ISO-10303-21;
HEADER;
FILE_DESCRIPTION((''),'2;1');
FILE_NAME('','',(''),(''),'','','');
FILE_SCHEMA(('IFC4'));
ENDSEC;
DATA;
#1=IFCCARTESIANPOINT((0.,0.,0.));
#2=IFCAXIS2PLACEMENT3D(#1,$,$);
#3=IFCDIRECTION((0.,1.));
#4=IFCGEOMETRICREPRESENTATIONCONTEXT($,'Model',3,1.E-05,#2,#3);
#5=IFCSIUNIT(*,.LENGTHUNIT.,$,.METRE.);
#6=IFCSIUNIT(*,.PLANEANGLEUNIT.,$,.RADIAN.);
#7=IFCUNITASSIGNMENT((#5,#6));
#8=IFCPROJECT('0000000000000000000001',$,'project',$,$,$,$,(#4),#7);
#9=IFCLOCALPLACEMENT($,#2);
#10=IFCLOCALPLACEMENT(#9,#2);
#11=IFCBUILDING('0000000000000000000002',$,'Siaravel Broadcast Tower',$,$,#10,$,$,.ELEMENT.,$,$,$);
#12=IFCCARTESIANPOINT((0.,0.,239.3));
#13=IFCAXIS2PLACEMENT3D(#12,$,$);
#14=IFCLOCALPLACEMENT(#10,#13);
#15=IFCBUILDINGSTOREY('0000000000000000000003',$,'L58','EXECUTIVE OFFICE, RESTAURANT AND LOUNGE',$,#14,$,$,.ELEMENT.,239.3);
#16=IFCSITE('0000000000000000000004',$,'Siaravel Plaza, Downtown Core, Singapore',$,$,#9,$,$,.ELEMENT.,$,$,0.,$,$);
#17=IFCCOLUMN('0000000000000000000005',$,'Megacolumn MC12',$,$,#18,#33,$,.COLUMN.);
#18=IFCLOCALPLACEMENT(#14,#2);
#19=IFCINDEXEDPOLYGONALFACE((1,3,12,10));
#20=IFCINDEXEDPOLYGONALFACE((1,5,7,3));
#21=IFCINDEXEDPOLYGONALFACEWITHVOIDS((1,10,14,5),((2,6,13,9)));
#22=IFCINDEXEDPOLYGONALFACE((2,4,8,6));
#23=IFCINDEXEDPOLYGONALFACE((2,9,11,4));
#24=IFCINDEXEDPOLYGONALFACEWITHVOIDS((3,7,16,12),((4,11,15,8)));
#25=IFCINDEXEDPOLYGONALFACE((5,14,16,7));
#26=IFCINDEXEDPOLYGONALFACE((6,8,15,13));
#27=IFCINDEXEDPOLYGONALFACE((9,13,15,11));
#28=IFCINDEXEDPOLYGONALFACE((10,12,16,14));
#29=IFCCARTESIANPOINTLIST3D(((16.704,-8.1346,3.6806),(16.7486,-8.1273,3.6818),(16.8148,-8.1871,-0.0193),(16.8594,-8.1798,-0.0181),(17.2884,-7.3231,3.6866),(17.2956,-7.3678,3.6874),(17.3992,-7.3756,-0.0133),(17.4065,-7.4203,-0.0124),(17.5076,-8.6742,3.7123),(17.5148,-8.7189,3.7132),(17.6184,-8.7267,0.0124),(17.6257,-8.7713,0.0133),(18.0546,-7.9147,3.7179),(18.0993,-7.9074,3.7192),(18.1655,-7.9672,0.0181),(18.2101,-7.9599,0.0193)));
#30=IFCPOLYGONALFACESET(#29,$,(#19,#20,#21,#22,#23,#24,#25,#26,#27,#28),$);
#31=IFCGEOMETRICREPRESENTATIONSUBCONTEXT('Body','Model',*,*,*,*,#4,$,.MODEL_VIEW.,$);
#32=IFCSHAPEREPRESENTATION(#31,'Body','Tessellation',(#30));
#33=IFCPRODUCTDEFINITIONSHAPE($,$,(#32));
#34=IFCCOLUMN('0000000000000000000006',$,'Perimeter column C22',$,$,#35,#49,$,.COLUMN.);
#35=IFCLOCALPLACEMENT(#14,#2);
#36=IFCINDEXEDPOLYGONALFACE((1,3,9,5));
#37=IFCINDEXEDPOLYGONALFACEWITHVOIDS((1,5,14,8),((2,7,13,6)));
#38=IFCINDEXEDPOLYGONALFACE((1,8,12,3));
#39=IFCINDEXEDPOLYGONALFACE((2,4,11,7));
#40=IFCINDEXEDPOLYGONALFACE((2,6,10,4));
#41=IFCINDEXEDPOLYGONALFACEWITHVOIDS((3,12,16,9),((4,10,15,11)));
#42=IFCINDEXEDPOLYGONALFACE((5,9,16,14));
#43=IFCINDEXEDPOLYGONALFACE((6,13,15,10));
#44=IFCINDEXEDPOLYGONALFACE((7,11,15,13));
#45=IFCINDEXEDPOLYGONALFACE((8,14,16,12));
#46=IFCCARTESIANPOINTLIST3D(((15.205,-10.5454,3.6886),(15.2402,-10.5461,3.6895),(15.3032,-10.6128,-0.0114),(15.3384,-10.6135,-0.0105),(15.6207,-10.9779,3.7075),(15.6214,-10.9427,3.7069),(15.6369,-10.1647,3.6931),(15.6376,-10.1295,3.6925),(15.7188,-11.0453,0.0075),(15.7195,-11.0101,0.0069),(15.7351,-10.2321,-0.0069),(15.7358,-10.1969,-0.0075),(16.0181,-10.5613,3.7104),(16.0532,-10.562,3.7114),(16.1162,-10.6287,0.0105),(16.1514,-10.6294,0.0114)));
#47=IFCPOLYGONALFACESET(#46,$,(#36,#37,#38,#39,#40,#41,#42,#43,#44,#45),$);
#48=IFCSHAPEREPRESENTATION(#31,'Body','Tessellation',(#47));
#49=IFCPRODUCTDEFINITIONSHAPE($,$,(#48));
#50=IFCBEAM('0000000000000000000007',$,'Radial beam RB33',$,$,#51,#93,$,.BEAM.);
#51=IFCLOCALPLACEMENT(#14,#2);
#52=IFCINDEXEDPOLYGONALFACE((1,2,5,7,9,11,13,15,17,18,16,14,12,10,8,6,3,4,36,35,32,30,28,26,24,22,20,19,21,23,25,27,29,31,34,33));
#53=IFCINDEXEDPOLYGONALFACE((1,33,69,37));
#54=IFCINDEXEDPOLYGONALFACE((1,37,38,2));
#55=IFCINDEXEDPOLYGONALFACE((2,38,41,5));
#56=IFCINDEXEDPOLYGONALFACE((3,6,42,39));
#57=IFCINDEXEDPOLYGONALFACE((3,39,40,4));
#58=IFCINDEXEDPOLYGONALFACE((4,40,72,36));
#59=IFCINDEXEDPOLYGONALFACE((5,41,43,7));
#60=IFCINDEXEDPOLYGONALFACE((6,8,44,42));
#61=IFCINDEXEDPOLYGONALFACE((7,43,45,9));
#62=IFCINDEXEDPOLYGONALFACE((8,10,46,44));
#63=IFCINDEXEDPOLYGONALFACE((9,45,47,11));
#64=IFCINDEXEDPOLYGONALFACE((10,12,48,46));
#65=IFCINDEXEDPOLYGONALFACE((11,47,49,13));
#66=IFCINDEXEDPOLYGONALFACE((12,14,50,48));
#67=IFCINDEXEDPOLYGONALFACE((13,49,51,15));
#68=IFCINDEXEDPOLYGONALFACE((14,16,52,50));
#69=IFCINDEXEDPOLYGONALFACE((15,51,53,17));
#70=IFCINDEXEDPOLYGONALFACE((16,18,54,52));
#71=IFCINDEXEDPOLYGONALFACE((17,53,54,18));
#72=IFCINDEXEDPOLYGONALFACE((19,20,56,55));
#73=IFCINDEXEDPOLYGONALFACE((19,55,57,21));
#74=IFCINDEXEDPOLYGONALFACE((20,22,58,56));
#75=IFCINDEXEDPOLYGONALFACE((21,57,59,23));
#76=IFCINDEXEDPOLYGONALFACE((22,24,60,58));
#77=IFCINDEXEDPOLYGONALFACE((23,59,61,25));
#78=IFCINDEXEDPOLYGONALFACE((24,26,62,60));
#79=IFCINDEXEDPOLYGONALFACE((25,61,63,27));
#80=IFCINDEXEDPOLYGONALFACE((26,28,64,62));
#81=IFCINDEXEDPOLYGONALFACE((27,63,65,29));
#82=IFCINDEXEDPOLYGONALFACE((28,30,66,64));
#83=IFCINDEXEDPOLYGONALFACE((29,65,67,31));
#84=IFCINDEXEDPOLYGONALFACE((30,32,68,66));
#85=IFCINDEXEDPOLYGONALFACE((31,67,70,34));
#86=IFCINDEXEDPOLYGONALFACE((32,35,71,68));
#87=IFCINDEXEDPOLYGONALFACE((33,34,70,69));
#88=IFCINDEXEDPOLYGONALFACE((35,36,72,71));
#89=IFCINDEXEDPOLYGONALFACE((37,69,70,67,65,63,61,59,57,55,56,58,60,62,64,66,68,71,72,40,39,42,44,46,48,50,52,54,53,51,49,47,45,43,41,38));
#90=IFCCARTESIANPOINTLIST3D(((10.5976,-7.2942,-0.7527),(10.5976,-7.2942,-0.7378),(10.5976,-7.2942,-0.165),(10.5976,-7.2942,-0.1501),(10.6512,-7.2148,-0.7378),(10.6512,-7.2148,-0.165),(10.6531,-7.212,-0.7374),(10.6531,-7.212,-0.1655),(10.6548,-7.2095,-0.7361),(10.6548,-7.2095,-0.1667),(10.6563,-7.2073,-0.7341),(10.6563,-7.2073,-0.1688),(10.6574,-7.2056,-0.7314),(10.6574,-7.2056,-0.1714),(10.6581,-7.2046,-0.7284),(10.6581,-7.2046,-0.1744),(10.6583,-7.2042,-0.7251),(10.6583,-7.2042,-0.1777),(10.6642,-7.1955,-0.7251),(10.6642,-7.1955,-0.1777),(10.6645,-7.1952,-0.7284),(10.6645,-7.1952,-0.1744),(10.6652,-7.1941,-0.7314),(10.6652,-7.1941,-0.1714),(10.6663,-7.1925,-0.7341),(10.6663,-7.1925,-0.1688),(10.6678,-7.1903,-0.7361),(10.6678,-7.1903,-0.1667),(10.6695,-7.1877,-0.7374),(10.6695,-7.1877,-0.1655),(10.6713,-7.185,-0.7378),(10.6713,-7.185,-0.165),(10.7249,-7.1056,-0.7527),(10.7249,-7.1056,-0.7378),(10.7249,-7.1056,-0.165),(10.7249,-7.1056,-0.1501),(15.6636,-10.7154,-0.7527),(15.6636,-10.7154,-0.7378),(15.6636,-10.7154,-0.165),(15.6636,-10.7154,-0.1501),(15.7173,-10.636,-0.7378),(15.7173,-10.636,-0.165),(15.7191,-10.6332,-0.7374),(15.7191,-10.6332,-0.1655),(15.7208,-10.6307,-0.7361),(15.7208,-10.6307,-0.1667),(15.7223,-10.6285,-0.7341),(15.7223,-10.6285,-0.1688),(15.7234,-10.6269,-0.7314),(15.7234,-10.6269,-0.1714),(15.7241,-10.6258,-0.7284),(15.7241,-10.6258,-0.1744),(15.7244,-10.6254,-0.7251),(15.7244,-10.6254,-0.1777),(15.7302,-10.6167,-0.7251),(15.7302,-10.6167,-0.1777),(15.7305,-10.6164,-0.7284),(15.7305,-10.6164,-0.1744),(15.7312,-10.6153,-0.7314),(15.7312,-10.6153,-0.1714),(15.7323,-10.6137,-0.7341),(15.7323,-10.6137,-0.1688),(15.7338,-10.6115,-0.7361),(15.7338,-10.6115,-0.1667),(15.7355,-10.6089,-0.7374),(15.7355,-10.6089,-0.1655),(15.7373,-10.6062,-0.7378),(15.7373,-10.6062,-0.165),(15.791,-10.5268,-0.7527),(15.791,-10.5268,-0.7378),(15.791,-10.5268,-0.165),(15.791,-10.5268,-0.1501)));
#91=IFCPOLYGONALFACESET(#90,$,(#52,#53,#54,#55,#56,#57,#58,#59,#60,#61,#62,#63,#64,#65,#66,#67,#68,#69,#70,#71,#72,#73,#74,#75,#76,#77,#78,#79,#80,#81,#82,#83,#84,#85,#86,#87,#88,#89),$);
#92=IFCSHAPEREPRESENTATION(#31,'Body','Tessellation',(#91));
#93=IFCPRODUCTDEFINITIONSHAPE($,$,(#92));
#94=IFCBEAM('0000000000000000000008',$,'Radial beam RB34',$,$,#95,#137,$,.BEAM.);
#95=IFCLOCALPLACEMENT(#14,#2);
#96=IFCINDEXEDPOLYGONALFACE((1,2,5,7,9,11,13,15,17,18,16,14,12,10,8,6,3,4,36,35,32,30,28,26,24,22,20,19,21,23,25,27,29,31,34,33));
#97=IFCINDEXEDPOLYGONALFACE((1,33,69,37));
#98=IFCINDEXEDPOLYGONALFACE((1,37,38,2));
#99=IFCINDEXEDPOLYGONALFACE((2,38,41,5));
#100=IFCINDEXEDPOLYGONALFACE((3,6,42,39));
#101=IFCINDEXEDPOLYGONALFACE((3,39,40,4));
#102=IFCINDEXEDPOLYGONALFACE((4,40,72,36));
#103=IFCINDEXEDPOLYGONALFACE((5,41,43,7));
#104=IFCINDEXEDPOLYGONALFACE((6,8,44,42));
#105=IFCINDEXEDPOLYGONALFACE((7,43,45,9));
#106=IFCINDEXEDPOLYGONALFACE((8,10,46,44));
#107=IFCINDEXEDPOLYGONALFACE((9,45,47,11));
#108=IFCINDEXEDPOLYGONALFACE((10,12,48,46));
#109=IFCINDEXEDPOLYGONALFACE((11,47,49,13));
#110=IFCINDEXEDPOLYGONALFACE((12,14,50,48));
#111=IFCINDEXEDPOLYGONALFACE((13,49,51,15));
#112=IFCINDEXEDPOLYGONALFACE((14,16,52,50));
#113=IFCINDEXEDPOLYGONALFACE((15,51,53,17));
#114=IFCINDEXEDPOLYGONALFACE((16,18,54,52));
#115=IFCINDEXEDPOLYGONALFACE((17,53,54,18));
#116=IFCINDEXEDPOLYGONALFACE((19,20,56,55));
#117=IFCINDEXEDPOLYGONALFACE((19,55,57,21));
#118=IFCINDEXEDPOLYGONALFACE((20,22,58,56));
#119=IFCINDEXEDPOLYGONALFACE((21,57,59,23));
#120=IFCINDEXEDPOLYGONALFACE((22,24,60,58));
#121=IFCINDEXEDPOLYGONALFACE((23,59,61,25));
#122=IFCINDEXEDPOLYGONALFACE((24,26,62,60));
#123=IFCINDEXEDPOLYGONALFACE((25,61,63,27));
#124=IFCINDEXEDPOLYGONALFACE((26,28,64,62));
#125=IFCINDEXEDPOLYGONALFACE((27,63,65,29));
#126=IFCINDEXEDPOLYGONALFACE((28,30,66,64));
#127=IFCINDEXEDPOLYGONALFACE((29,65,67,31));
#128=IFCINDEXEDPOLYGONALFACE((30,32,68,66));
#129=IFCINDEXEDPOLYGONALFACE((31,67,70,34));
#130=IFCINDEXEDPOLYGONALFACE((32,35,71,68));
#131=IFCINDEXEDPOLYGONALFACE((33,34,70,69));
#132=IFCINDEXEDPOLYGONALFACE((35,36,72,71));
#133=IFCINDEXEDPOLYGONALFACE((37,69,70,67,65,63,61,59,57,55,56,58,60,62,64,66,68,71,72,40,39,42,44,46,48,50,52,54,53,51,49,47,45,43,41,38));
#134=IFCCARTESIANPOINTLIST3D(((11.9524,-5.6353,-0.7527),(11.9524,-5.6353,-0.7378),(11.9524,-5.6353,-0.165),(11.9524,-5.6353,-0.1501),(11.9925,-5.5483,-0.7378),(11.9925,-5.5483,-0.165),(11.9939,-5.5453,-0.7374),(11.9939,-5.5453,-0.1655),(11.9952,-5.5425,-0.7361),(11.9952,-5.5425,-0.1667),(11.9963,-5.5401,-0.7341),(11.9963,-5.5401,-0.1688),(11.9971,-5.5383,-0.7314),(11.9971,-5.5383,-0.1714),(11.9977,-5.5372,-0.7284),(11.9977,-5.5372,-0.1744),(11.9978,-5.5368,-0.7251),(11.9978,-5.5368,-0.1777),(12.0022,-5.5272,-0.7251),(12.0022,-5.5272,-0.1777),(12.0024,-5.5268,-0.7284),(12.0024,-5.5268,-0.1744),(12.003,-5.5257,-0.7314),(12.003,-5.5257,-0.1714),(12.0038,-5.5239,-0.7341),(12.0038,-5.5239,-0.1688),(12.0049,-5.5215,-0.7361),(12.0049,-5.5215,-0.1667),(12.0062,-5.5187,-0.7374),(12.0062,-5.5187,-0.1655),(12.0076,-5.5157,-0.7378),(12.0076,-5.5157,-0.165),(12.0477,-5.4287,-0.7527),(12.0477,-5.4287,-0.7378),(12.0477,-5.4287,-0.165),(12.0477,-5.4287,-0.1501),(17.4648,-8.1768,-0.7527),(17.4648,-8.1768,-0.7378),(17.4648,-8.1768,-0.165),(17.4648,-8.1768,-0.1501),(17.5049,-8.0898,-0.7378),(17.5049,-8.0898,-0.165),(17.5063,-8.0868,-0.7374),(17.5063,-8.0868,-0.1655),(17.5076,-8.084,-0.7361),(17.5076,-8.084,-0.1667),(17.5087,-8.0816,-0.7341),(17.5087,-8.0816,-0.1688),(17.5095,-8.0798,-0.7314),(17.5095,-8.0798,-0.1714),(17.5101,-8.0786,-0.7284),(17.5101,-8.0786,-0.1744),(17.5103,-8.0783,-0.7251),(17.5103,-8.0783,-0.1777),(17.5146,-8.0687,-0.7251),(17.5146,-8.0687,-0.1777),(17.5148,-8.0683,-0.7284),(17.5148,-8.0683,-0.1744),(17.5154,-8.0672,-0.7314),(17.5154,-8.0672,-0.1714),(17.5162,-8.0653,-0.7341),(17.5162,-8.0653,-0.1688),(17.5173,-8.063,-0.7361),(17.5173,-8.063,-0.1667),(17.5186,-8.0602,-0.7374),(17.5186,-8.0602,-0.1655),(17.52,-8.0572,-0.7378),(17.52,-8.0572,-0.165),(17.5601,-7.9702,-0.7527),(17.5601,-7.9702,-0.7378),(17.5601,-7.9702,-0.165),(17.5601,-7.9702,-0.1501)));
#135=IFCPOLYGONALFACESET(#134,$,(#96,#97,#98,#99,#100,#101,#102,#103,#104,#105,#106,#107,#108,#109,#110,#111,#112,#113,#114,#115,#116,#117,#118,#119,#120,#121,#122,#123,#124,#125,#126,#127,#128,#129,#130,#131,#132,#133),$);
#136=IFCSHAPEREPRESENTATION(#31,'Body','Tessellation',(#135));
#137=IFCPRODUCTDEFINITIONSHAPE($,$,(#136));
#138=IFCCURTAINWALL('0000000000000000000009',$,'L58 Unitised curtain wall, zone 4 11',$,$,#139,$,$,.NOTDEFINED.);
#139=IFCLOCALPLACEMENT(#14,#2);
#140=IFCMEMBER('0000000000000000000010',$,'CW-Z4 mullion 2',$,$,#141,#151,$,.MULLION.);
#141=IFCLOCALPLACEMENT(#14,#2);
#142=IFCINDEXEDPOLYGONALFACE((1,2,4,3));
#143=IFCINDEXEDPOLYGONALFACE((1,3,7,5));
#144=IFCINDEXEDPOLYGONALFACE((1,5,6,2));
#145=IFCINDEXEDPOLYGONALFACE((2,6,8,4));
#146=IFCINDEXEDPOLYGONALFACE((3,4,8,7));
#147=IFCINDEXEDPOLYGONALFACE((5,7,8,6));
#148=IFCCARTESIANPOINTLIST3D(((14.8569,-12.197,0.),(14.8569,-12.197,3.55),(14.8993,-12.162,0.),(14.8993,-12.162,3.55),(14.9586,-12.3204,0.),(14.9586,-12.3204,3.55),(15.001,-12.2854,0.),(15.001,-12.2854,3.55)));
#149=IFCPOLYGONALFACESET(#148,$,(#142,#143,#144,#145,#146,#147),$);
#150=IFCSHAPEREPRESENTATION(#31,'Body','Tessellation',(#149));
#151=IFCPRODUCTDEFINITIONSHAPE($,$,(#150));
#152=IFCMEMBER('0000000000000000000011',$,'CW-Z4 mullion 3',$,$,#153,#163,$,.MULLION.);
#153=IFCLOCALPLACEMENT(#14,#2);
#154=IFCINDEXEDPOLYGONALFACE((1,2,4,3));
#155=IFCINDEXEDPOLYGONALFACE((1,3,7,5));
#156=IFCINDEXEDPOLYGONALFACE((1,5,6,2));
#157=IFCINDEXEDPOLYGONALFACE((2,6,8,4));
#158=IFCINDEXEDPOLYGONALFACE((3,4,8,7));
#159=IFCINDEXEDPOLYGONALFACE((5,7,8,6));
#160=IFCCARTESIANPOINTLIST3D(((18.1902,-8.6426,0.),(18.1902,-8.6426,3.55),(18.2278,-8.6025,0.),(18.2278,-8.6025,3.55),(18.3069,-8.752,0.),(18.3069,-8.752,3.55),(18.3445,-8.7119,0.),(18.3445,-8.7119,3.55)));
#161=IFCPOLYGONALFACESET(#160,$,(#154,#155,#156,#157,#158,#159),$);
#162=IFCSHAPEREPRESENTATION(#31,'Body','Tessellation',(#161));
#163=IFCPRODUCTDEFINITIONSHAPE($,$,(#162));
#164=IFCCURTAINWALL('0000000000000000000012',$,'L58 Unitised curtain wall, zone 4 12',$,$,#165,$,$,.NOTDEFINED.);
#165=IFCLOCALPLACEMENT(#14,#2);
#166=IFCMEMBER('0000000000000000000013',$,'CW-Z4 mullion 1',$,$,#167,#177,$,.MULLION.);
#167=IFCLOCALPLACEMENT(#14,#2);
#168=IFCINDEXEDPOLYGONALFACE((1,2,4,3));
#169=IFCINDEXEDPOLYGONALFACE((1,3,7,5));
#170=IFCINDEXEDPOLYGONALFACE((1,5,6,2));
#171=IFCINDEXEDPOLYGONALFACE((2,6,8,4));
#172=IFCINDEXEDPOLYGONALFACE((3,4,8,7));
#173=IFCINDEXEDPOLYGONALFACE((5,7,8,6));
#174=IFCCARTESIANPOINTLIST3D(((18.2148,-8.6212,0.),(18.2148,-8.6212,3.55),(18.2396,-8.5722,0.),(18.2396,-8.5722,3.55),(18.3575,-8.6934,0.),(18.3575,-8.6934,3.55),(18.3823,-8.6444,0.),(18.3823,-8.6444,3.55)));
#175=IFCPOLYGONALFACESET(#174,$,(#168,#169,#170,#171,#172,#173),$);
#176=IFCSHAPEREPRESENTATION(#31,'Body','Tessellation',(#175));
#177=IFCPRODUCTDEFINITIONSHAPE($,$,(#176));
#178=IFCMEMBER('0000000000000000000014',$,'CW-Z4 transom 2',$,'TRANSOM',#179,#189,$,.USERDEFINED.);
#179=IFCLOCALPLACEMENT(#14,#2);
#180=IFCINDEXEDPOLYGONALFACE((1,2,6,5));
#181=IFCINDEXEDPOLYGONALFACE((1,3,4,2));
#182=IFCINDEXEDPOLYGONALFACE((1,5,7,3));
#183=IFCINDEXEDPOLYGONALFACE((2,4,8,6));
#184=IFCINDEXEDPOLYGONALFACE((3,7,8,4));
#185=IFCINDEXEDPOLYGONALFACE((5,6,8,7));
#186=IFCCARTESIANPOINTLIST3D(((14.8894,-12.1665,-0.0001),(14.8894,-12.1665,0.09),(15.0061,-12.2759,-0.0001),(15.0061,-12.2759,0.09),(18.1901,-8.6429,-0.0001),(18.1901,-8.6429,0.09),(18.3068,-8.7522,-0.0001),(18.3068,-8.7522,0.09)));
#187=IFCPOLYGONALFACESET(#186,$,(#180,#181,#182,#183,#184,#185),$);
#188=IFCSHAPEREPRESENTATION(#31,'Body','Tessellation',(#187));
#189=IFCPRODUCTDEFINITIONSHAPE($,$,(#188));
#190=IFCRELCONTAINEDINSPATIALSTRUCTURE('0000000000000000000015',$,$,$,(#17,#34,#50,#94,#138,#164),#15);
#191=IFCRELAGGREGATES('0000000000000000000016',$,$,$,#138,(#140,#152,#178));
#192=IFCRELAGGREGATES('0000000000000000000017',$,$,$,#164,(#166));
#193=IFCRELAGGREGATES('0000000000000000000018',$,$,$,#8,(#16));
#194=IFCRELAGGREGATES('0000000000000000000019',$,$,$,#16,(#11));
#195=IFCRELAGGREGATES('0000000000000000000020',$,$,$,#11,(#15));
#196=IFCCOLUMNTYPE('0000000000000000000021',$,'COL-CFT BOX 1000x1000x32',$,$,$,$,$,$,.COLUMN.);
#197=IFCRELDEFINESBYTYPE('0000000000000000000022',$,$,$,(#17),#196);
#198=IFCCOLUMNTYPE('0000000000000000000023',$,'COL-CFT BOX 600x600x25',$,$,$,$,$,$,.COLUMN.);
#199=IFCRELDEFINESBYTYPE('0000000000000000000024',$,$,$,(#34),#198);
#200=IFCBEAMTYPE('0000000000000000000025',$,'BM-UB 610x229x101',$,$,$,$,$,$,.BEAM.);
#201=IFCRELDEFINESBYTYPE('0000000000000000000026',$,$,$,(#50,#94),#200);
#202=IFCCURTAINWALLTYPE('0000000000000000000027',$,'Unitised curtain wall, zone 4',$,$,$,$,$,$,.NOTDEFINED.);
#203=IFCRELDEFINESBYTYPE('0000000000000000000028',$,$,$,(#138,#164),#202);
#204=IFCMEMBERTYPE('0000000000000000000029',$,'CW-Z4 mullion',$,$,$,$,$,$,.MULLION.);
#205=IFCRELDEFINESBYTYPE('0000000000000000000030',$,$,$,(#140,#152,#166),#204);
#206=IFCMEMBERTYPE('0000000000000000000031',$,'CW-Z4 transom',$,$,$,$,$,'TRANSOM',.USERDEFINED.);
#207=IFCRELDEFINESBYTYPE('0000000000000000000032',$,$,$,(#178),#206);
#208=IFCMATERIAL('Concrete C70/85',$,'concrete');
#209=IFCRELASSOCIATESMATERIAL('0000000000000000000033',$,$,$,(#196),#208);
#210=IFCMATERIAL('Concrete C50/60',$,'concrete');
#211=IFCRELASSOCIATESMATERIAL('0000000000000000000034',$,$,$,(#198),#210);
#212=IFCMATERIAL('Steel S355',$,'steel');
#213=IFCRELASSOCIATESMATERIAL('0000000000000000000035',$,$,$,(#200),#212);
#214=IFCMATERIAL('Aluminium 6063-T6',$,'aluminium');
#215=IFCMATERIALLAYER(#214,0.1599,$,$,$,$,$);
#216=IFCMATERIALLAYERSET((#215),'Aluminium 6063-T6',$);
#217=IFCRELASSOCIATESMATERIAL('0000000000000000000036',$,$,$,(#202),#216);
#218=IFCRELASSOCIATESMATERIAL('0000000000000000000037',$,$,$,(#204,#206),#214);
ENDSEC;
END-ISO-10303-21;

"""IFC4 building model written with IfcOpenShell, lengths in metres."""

from ifc_helpers import new_model, si_unit, direction, frame, origin, origin_2d, place, context, subcontext, project, spatial, rectangle, hollow_rectangle, i_section, extrude, material, layer, layer_set, material_profile, profile_set, type_object, element, aggregate, save


model = new_model("IFC4")

# Units and contexts
model_context = context("Model", 3, precision=1e-05, world=origin(), true_north=direction((0.0, 1.0)))
body_context = subcontext(model_context, "Body", "Model", "MODEL_VIEW")
ifc_project = project(units=[si_unit("LENGTHUNIT", "METRE"), si_unit("PLANEANGLEUNIT", "RADIAN")], contexts=[model_context])

# Site, building, storey
site_placement = place(None, origin())
site = spatial("IfcSite", under=ifc_project, at=site_placement, Name="Siaravel Plaza, Downtown Core, Singapore", CompositionType="ELEMENT", RefElevation=0.0)
building_placement = place(site_placement, origin())
building = spatial("IfcBuilding", under=site, at=building_placement, Name="Siaravel Broadcast Tower", CompositionType="ELEMENT")
storey_placement = place(building_placement, frame((0.0, 0.0, 239.3)))
storey = spatial("IfcBuildingStorey", under=building, at=storey_placement, Name="L58", Description="EXECUTIVE OFFICE, RESTAURANT AND LOUNGE", CompositionType="ELEMENT", Elevation=239.3)

# Columns
ifc_material_1 = material(Name="Concrete C70/85", Category="concrete")
ifc_material_profile_1 = material_profile(ifc_material_1, hollow_rectangle(XDim=1.0, YDim=1.0, WallThickness=0.032, at=origin_2d()))
ifc_profile_set_1 = profile_set([ifc_material_profile_1], Name="Concrete C70/85")
column_type_1 = type_object("IfcColumnType", Name="COL-CFT BOX 1000x1000x32", PredefinedType="COLUMN", material=ifc_profile_set_1)
column_1_placement = place(storey_placement, frame((17.5125, -8.0735, 0.0), z_axis=(-0.029941, 0.014179, 0.999451), x_axis=(-0.584425, -0.811425, -0.005996)))
element("IfcColumn", 1, at=column_1_placement, inside=storey, type_object=column_type_1, Name="Megacolumn MC12", PredefinedType="COLUMN", context=body_context, shape_type="SweptSolid", body=[
    extrude(hollow_rectangle(XDim=1.0, YDim=1.0, WallThickness=0.032, at=origin_2d()), origin(), (0.0, 0.0, 1.0), 3.7019),
])
ifc_material_2 = material(Name="Concrete C50/60", Category="concrete")
ifc_material_profile_2 = material_profile(ifc_material_2, hollow_rectangle(XDim=0.6001, YDim=0.6001, WallThickness=0.0249, at=origin_2d()))
ifc_profile_set_2 = profile_set([ifc_material_profile_2], Name="Concrete C50/60")
column_type_2 = type_object("IfcColumnType", Name="COL-CFT BOX 600x600x25", PredefinedType="COLUMN", material=ifc_profile_set_2)
column_2_placement = place(storey_placement, frame((15.7273, -10.6211, 0.0), z_axis=(-0.026512, 0.018202, 0.999483), x_axis=(-0.72083, -0.693081, -0.006498)))
element("IfcColumn", 2, at=column_2_placement, inside=storey, type_object=column_type_2, Name="Perimeter column C22", PredefinedType="COLUMN", context=body_context, shape_type="SweptSolid", body=[
    extrude(hollow_rectangle(XDim=0.6001, YDim=0.6001, WallThickness=0.0249, at=origin_2d()), origin(), (0.0, 0.0, 1.0), 3.7019),
])

# Beams
ifc_material_3 = material(Name="Steel S355", Category="steel")
ifc_material_profile_3 = material_profile(ifc_material_3, i_section(OverallWidth=0.2275, OverallDepth=0.6025, WebThickness=0.0105, FlangeThickness=0.0149, FilletRadius=0.0127, at=origin_2d()))
ifc_profile_set_3 = profile_set([ifc_material_profile_3], Name="Steel S355")
beam_type = type_object("IfcBeamType", Name="BM-UB 610x229x101", PredefinedType="BEAM", material=ifc_profile_set_3)
beam_1_placement = place(storey_placement, frame((15.7273, -10.6211, -0.4514), z_axis=(-0.828724, 0.559658, 0.0), x_axis=(-0.559658, -0.828724, 0.0)))
element("IfcBeam", 3, at=beam_1_placement, inside=storey, type_object=beam_type, Name="Radial beam RB33", PredefinedType="BEAM", context=body_context, shape_type="SweptSolid", body=[
    extrude(i_section(OverallWidth=0.2275, OverallDepth=0.6025, WebThickness=0.0105, FlangeThickness=0.0149, FilletRadius=0.0127, at=origin_2d()), origin(), (0.0, 0.0, 1.0), 6.113),
])
beam_2_placement = place(storey_placement, frame((17.5125, -8.0735, -0.4514), z_axis=(-0.908129, 0.418691, 0.0), x_axis=(-0.418691, -0.908129, 0.0)))
element("IfcBeam", 4, at=beam_2_placement, inside=storey, type_object=beam_type, Name="Radial beam RB34", PredefinedType="BEAM", context=body_context, shape_type="SweptSolid", body=[
    extrude(i_section(OverallWidth=0.2275, OverallDepth=0.6025, WebThickness=0.0105, FlangeThickness=0.0149, FilletRadius=0.0127, at=origin_2d()), origin(), (0.0, 0.0, 1.0), 6.0701),
])

# Curtain wall, members
ifc_material_4 = material(Name="Aluminium 6063-T6", Category="aluminium")
ifc_layer_1 = layer(ifc_material_4, 0.1599)
ifc_layer_set_1 = layer_set([ifc_layer_1], Name="Aluminium 6063-T6")
curtain_wall_type = type_object("IfcCurtainWallType", Name="Unitised curtain wall, zone 4", PredefinedType="NOTDEFINED", material=ifc_layer_set_1)
curtain_wall_1_placement = place(storey_placement, origin())
curtain_wall_1 = element("IfcCurtainWall", 5, at=curtain_wall_1_placement, inside=storey, type_object=curtain_wall_type, Name="L58 Unitised curtain wall, zone 4 11", PredefinedType="NOTDEFINED")
ifc_material_profile_4 = material_profile(ifc_material_4, rectangle(XDim=0.1599, YDim=0.0549, at=origin_2d()))
ifc_profile_set_4 = profile_set([ifc_material_profile_4], Name="Aluminium 6063-T6")
member_type_1 = type_object("IfcMemberType", Name="CW-Z4 mullion", PredefinedType="MULLION", material=ifc_profile_set_4)
member_1_placement = place(storey_placement, frame((14.929, -12.2412, 0.0), z_axis=(0.0, 0.0, 1.0), x_axis=(-0.63622, 0.771508, 0.0)))
member_1 = element("IfcMember", 6, at=member_1_placement, type_object=member_type_1, Name="CW-Z4 mullion 2", PredefinedType="MULLION", context=body_context, shape_type="SweptSolid", body=[
    extrude(rectangle(XDim=0.1599, YDim=0.0549, at=origin_2d()), origin(), (0.0, 0.0, 1.0), 3.55),
])
member_2_placement = place(storey_placement, frame((18.2673, -8.6772, 0.0), z_axis=(0.0, 0.0, 1.0), x_axis=(-0.729807, 0.683654, 0.0)))
member_2 = element("IfcMember", 7, at=member_2_placement, type_object=member_type_1, Name="CW-Z4 mullion 3", PredefinedType="MULLION", context=body_context, shape_type="SweptSolid", body=[
    extrude(rectangle(XDim=0.1599, YDim=0.0549, at=origin_2d()), origin(), (0.0, 0.0, 1.0), 3.55),
])

# Curtain wall, member
curtain_wall_2_placement = place(storey_placement, origin())
curtain_wall_2 = element("IfcCurtainWall", 8, at=curtain_wall_2_placement, inside=storey, type_object=curtain_wall_type, Name="L58 Unitised curtain wall, zone 4 12", PredefinedType="NOTDEFINED")
member_3_placement = place(storey_placement, frame((18.2986, -8.6328, 0.0), z_axis=(0.0, 0.0, 1.0), x_axis=(-0.892393, 0.451259, 0.0)))
member_3 = element("IfcMember", 9, at=member_3_placement, type_object=member_type_1, Name="CW-Z4 mullion 1", PredefinedType="MULLION", context=body_context, shape_type="SweptSolid", body=[
    extrude(rectangle(XDim=0.1599, YDim=0.0549, at=origin_2d()), origin(), (0.0, 0.0, 1.0), 3.55),
])

# Member
ifc_material_profile_5 = material_profile(ifc_material_4, rectangle(XDim=0.1599, YDim=0.0901, at=origin_2d()))
ifc_profile_set_5 = profile_set([ifc_material_profile_5], Name="Aluminium 6063-T6")
member_type_2 = type_object("IfcMemberType", Name="CW-Z4 transom", ElementType="TRANSOM", PredefinedType="USERDEFINED", material=ifc_profile_set_5)
member_4_placement = place(storey_placement, frame((14.9478, -12.2212, 0.0449), z_axis=(0.683647, 0.729813, 0.0), x_axis=(-0.729813, 0.683647, 0.0)))
member_4 = element("IfcMember", 10, at=member_4_placement, type_object=member_type_2, Name="CW-Z4 transom 2", ObjectType="TRANSOM", PredefinedType="USERDEFINED", context=body_context, shape_type="SweptSolid", body=[
    extrude(rectangle(XDim=0.1599, YDim=0.0901, at=origin_2d()), origin(), (0.0, 0.0, 1.0), 4.8281),
])

aggregate(curtain_wall_1, [member_1, member_2, member_4])
aggregate(curtain_wall_2, [member_3])

save(model, "model.ifc")
